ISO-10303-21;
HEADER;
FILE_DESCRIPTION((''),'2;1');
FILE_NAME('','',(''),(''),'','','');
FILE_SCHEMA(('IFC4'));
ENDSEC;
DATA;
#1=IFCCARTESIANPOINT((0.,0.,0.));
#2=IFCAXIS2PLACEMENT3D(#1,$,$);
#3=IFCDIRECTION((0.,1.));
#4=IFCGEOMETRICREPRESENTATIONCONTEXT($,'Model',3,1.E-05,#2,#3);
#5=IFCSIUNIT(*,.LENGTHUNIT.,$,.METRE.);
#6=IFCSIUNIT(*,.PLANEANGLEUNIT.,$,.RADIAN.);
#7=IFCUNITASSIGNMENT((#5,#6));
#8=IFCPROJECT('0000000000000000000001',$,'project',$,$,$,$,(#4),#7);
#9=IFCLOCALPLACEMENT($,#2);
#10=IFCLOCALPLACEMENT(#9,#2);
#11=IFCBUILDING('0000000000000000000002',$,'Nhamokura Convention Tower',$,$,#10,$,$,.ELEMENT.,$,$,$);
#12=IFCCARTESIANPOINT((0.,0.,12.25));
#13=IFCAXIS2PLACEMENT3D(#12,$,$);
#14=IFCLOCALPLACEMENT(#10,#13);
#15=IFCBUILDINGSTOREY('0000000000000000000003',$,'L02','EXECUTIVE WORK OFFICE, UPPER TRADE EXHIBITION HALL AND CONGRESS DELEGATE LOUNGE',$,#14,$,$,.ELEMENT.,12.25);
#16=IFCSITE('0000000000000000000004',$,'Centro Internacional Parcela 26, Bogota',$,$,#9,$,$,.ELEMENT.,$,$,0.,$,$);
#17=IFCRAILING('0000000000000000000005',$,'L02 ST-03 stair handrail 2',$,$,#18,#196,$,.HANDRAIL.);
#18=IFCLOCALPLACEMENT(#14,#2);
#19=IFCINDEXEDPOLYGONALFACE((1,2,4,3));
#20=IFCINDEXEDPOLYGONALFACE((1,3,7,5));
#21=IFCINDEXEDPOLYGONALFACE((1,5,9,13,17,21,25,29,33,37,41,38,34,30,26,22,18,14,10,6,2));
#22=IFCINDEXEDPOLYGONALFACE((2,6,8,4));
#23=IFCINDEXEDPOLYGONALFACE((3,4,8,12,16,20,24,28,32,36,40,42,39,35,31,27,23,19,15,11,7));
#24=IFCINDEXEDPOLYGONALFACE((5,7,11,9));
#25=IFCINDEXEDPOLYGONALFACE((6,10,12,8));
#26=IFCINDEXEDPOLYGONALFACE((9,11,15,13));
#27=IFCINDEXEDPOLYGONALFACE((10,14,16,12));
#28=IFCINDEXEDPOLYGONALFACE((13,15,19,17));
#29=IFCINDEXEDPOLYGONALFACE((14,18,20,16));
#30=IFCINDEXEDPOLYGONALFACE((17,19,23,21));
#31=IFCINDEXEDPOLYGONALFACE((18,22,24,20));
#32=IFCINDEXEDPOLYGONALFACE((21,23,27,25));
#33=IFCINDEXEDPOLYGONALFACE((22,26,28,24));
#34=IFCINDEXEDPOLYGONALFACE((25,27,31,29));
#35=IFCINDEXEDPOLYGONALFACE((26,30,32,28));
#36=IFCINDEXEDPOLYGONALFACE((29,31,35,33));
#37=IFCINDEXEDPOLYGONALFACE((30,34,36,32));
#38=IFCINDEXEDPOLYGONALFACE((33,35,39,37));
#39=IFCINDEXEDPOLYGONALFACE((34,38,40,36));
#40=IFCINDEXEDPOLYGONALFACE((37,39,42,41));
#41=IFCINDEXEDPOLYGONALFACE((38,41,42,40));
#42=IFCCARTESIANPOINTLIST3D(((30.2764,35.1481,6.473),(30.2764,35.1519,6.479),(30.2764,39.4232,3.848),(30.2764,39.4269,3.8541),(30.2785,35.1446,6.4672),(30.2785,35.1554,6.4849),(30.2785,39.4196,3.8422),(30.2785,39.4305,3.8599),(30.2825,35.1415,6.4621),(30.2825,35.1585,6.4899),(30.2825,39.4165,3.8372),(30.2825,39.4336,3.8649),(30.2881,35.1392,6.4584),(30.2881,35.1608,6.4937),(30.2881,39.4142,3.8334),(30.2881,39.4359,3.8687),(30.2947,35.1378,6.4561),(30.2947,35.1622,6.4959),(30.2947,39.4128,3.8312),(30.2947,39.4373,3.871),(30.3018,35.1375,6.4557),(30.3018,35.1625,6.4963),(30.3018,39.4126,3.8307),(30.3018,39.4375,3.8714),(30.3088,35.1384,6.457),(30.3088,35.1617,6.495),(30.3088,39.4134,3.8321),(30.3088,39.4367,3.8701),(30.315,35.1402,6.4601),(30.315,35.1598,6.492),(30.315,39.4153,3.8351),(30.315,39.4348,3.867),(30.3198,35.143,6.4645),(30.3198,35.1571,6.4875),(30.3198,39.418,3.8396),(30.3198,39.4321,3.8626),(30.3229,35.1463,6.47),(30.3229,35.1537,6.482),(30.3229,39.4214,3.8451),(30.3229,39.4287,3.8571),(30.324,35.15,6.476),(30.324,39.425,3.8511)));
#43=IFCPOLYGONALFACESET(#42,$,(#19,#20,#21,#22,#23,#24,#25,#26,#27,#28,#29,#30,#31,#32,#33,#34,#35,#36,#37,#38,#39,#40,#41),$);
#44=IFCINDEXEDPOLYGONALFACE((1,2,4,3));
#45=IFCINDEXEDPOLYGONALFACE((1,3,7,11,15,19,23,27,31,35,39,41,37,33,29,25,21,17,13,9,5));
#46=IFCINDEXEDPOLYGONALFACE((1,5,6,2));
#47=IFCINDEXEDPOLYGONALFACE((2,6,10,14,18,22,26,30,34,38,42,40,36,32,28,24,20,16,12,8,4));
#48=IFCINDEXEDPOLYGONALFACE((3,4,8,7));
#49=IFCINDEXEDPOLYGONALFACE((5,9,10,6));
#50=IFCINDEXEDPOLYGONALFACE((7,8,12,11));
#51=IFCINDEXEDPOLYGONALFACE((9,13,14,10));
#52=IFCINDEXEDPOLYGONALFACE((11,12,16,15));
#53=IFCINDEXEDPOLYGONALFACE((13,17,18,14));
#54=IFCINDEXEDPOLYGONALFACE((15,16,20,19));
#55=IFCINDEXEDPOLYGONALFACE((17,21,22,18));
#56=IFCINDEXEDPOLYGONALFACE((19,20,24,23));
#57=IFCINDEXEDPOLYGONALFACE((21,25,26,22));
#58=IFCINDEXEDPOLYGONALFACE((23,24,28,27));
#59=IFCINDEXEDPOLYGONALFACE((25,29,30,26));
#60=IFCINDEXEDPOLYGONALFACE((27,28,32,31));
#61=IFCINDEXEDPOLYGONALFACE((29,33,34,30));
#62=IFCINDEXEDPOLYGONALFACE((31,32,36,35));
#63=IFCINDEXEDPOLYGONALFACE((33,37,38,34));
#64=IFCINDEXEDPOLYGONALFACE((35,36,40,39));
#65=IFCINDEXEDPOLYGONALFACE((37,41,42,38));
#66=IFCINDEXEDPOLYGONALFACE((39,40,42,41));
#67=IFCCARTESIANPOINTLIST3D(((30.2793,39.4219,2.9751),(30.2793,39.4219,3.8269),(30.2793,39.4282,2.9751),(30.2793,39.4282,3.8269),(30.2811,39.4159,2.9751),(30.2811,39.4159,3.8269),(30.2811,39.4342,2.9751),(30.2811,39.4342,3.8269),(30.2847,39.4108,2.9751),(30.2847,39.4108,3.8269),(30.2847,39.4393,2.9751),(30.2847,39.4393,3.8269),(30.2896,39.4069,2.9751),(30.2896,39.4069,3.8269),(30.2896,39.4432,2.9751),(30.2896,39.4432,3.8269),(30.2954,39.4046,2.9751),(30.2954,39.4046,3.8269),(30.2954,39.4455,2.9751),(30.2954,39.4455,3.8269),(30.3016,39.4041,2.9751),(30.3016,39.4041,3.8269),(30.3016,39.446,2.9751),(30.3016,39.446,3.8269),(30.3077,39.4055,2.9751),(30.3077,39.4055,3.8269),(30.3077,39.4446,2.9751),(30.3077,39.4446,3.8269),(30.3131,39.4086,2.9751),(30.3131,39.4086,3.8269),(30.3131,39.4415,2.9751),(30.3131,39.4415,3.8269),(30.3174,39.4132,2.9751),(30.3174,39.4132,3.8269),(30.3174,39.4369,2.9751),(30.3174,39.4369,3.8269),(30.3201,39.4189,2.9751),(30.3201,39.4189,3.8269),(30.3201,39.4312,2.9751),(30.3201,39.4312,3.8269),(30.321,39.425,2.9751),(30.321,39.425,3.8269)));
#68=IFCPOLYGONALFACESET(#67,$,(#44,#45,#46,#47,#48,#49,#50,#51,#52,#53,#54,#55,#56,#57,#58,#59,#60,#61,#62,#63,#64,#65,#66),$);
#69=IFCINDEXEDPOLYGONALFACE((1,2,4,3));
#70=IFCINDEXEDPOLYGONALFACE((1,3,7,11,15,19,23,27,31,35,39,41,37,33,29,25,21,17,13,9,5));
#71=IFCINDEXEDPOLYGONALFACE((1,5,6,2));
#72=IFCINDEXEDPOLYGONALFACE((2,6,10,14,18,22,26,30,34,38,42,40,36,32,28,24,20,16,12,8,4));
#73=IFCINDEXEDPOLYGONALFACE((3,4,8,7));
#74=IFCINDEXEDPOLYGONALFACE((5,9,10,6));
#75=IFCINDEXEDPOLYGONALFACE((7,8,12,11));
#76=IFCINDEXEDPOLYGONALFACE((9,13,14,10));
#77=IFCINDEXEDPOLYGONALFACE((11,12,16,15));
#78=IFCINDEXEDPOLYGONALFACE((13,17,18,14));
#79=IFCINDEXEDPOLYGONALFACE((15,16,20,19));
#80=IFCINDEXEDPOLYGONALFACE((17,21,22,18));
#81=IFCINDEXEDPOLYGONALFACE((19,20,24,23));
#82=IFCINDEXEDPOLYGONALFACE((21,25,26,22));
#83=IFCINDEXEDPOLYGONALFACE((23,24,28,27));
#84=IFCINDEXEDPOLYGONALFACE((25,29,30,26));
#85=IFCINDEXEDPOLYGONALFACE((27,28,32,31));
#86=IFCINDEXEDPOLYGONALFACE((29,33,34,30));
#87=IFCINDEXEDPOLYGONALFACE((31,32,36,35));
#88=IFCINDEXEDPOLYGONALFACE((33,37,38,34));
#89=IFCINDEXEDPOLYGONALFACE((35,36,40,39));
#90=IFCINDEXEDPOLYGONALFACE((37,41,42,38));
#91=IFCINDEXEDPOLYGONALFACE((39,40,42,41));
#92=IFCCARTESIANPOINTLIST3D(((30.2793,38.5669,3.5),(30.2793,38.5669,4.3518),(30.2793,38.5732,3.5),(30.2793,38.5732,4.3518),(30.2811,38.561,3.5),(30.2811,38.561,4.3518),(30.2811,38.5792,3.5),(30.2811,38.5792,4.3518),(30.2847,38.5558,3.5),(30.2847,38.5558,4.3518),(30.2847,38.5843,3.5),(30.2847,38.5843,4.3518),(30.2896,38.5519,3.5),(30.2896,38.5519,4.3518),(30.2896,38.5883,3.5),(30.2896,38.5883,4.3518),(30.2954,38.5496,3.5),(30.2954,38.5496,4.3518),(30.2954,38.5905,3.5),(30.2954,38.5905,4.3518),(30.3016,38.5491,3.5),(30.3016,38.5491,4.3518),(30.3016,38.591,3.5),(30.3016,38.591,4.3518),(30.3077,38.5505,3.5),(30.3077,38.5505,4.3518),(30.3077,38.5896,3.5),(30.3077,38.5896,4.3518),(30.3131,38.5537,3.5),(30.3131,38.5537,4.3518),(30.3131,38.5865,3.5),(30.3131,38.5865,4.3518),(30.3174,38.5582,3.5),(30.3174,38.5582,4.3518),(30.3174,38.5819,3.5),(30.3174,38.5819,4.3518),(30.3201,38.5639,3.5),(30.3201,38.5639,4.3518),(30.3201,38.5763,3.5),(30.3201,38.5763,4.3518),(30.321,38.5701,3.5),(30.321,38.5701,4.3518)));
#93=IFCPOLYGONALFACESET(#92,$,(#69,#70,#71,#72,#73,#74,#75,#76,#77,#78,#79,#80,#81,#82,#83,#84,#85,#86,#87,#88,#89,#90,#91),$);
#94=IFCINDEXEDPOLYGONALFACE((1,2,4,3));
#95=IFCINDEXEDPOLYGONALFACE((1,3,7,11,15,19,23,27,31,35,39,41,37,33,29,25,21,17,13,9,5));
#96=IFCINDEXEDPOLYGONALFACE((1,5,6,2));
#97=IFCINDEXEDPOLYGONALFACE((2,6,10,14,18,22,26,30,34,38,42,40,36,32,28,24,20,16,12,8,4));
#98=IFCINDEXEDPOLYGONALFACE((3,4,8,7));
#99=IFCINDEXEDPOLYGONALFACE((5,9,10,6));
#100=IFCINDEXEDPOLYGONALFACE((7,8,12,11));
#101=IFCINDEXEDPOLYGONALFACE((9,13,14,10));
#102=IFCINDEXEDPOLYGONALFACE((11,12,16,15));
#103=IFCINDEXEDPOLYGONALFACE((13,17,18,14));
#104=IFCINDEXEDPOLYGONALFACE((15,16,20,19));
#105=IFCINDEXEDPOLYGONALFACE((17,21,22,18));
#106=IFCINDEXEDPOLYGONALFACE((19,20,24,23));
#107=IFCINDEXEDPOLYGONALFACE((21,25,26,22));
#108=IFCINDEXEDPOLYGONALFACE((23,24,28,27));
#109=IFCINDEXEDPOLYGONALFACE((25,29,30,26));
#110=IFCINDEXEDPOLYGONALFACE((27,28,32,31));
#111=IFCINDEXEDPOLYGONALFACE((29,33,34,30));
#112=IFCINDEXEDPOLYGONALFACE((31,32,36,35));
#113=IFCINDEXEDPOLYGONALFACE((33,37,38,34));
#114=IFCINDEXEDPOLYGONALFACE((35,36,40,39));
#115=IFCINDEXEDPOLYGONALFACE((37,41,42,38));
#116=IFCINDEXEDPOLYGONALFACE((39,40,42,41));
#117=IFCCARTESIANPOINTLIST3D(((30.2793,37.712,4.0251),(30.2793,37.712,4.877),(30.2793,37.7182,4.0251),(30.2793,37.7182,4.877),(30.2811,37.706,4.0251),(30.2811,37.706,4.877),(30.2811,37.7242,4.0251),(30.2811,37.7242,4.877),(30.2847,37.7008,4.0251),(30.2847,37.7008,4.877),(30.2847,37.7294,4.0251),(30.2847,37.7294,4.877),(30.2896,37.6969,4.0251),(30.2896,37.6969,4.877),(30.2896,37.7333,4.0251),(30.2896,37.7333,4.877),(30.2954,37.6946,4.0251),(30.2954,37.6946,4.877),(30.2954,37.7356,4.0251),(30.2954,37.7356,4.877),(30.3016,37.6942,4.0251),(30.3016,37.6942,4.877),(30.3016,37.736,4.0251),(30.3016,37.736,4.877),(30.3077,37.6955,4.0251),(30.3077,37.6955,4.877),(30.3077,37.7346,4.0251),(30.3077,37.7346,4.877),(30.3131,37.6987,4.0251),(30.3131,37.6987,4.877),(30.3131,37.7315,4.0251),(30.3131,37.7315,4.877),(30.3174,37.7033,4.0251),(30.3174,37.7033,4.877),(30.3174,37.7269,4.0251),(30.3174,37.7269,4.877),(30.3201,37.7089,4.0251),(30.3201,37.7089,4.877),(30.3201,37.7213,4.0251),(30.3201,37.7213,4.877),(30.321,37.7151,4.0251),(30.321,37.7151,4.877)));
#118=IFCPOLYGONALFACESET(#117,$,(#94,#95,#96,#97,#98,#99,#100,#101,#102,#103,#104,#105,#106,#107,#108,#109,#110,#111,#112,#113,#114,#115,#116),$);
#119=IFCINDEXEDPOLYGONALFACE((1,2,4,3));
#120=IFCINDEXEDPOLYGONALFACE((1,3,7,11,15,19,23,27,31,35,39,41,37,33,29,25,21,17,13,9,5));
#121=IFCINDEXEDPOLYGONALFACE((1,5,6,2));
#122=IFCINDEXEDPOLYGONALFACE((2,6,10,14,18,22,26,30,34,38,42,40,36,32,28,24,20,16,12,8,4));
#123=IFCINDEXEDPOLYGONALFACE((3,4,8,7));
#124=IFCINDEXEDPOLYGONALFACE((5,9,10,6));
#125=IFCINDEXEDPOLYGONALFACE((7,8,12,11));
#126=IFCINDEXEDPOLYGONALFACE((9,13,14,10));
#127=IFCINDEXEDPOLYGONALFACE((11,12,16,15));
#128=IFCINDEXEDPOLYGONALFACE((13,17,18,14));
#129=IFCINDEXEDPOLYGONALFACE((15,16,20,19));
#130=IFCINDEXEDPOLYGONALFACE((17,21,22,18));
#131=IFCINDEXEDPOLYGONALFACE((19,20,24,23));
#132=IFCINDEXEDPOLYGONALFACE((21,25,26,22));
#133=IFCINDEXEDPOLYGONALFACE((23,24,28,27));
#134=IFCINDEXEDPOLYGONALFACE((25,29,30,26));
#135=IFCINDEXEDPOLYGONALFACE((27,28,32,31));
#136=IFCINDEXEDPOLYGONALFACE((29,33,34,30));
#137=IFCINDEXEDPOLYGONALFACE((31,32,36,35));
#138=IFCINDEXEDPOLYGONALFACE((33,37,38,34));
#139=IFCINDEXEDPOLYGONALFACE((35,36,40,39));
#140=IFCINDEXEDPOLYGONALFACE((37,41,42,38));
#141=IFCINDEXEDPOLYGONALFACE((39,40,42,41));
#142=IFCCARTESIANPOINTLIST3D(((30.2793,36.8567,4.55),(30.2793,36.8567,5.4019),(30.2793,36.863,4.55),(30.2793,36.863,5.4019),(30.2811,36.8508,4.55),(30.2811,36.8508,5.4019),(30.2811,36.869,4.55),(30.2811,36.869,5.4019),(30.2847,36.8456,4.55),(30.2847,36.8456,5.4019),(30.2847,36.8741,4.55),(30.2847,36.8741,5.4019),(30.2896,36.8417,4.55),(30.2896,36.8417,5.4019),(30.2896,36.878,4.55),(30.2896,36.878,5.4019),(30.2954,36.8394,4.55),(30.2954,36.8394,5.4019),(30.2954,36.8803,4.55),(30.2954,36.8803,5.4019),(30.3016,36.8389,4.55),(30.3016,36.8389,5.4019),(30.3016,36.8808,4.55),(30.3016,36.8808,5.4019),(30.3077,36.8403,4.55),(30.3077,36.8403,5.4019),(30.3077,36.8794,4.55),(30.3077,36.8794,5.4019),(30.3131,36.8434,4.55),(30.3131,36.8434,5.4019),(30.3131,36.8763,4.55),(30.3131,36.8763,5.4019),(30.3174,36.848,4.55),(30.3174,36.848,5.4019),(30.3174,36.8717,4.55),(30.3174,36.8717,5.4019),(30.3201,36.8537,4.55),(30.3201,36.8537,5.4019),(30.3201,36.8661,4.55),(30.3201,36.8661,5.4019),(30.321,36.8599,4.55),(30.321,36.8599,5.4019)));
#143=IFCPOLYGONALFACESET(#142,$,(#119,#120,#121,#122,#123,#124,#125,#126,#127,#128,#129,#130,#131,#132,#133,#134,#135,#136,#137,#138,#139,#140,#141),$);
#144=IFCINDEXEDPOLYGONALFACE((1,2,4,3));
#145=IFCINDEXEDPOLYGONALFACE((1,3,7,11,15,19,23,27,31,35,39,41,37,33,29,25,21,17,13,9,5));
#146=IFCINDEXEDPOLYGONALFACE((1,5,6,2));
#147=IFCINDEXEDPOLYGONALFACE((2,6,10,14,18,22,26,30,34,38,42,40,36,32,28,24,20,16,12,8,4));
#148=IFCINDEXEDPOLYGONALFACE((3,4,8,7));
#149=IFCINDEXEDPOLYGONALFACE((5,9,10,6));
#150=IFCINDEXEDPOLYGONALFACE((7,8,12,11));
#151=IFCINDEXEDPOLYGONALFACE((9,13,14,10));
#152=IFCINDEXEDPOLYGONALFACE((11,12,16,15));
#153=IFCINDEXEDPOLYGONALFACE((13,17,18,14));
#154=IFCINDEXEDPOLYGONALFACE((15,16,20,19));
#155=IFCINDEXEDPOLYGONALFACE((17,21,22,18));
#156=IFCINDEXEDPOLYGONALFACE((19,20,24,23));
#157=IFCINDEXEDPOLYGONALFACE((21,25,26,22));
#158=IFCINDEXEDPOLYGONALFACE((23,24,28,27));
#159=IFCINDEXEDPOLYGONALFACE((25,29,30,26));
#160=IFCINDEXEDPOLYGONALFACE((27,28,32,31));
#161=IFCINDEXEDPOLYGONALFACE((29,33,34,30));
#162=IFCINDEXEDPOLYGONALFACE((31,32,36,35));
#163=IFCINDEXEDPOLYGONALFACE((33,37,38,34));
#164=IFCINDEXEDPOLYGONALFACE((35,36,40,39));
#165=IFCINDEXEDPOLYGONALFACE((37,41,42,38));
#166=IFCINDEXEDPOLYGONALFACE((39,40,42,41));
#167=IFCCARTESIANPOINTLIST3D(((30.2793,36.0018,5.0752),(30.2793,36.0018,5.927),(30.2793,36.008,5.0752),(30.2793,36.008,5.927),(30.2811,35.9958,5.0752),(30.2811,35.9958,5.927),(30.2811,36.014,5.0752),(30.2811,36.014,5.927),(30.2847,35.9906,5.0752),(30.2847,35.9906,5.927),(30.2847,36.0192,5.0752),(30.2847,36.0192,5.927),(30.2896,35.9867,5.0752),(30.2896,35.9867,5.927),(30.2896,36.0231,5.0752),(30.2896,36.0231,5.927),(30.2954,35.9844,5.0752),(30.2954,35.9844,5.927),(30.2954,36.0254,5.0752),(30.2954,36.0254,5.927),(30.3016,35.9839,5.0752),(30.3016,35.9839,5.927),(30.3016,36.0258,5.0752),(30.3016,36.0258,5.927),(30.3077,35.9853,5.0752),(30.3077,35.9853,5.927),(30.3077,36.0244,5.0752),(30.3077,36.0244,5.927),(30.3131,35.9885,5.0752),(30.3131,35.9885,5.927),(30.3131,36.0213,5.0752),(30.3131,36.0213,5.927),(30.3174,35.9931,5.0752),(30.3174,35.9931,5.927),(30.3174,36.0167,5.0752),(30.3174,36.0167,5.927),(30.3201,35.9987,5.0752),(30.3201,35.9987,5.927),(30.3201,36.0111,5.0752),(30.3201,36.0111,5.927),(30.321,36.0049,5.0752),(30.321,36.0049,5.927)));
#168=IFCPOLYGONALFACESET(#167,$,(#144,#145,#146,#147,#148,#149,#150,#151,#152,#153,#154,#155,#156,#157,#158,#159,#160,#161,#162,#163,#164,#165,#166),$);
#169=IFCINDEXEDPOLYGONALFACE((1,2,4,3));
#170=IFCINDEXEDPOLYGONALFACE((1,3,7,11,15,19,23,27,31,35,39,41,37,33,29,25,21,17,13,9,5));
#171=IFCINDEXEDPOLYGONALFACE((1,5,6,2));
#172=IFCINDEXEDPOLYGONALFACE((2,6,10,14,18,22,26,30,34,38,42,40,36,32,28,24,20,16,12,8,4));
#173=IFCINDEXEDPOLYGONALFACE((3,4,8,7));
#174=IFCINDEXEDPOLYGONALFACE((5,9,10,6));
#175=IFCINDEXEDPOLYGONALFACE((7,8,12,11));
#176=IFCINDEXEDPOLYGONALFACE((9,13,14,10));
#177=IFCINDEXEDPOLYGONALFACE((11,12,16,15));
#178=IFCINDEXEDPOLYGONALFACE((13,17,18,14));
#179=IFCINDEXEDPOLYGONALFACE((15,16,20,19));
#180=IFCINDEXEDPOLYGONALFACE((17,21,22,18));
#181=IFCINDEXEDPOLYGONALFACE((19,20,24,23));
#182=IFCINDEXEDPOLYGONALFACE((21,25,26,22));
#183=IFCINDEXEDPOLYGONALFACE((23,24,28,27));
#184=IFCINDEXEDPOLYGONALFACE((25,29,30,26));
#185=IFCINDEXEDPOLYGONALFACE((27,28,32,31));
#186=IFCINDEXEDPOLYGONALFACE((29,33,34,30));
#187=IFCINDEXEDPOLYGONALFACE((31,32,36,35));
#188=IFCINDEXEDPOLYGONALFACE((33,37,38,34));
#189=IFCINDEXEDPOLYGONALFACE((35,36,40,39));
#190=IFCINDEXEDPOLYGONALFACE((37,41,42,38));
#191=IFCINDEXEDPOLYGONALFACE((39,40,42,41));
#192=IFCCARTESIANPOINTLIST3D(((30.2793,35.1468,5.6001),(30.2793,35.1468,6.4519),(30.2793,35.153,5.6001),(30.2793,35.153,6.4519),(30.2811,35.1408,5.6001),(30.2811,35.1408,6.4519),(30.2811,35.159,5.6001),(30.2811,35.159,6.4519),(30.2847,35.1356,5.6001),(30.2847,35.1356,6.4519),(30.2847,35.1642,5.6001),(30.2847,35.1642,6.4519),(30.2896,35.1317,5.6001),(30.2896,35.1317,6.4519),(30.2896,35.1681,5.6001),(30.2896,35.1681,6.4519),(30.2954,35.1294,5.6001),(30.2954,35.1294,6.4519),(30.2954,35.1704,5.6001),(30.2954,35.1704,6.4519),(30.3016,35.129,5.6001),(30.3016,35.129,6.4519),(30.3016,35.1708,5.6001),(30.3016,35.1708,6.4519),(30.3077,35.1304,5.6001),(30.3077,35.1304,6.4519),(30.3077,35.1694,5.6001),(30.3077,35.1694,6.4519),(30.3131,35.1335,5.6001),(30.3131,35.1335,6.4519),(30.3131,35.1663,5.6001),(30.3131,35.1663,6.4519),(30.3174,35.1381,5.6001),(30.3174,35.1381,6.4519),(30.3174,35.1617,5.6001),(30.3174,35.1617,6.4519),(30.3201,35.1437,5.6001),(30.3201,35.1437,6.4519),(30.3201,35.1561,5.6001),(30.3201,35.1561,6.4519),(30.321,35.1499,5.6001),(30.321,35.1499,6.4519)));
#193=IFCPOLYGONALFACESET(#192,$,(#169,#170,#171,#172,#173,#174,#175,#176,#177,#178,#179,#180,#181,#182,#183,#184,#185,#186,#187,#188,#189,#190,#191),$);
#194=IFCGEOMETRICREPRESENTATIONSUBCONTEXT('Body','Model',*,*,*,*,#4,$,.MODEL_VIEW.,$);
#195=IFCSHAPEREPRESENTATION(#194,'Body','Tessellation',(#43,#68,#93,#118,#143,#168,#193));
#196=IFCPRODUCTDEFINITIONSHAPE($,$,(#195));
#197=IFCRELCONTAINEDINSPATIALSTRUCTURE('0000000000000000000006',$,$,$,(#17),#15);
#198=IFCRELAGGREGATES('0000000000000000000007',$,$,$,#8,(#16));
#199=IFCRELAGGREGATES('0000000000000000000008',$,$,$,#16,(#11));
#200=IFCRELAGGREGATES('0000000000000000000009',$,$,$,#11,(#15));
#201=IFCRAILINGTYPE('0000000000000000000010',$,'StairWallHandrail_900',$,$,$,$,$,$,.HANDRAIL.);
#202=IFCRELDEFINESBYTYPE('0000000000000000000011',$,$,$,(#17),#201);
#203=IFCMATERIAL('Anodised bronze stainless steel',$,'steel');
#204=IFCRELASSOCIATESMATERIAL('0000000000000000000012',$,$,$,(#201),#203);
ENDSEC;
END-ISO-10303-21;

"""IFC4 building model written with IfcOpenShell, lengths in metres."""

from ifc_helpers import new_model, si_unit, direction, frame, origin, origin_2d, place, context, subcontext, project, spatial, circle, extrude, material, type_object, element, save


model = new_model("IFC4")

# Units and contexts
model_context = context("Model", 3, precision=1e-05, world=origin(), true_north=direction((0.0, 1.0)))
body_context = subcontext(model_context, "Body", "Model", "MODEL_VIEW")
ifc_project = project(units=[si_unit("LENGTHUNIT", "METRE"), si_unit("PLANEANGLEUNIT", "RADIAN")], contexts=[model_context])

# Site, building, storey
site_placement = place(None, origin())
site = spatial("IfcSite", under=ifc_project, at=site_placement, Name="Centro Internacional Parcela 26, Bogota", CompositionType="ELEMENT", RefElevation=0.0)
building_placement = place(site_placement, origin())
building = spatial("IfcBuilding", under=site, at=building_placement, Name="Nhamokura Convention Tower", CompositionType="ELEMENT")
storey_placement = place(building_placement, frame((0.0, 0.0, 12.25)))
storey = spatial("IfcBuildingStorey", under=building, at=storey_placement, Name="L02", Description="EXECUTIVE WORK OFFICE, UPPER TRADE EXHIBITION HALL AND CONGRESS DELEGATE LOUNGE", CompositionType="ELEMENT", Elevation=12.25)

# Railing
ifc_material_1 = material(Name="Anodised bronze stainless steel", Category="steel")
railing_type = type_object("IfcRailingType", Name="StairWallHandrail_900", PredefinedType="HANDRAIL", material=ifc_material_1)
railing_placement = place(storey_placement, frame((30.3, 39.425, 2.9751)))
element("IfcRailing", 1, at=railing_placement, inside=storey, type_object=railing_type, Name="L02 ST-03 stair handrail 2", PredefinedType="HANDRAIL", context=body_context, shape_type="SweptSolid", body=[
    extrude(circle(Radius=0.0239, at=origin_2d()), frame((0.0, 0.0, 0.876), z_axis=(0.0, -0.852179, 0.52325), x_axis=(1.0, 0.0, 0.0)), (0.0, 0.0, 1.0), 5.0166),
    extrude(circle(Radius=0.021, at=origin_2d()), origin(), (0.0, 0.0, 1.0), 0.8518),
    extrude(circle(Radius=0.021, at=origin_2d()), frame((0.0, -0.855, 0.5249)), (0.0, 0.0, 1.0), 0.8518),
    extrude(circle(Radius=0.021, at=origin_2d()), frame((0.0, -1.71, 1.05)), (0.0, 0.0, 1.0), 0.8518),
    extrude(circle(Radius=0.021, at=origin_2d()), frame((0.0, -2.5652, 1.575)), (0.0, 0.0, 1.0), 0.8518),
    extrude(circle(Radius=0.021, at=origin_2d()), frame((0.0, -3.4202, 2.1001)), (0.0, 0.0, 1.0), 0.8518),
    extrude(circle(Radius=0.021, at=origin_2d()), frame((0.0, -4.2751, 2.625)), (0.0, 0.0, 1.0), 0.8518),
])

save(model, "model.ifc")
